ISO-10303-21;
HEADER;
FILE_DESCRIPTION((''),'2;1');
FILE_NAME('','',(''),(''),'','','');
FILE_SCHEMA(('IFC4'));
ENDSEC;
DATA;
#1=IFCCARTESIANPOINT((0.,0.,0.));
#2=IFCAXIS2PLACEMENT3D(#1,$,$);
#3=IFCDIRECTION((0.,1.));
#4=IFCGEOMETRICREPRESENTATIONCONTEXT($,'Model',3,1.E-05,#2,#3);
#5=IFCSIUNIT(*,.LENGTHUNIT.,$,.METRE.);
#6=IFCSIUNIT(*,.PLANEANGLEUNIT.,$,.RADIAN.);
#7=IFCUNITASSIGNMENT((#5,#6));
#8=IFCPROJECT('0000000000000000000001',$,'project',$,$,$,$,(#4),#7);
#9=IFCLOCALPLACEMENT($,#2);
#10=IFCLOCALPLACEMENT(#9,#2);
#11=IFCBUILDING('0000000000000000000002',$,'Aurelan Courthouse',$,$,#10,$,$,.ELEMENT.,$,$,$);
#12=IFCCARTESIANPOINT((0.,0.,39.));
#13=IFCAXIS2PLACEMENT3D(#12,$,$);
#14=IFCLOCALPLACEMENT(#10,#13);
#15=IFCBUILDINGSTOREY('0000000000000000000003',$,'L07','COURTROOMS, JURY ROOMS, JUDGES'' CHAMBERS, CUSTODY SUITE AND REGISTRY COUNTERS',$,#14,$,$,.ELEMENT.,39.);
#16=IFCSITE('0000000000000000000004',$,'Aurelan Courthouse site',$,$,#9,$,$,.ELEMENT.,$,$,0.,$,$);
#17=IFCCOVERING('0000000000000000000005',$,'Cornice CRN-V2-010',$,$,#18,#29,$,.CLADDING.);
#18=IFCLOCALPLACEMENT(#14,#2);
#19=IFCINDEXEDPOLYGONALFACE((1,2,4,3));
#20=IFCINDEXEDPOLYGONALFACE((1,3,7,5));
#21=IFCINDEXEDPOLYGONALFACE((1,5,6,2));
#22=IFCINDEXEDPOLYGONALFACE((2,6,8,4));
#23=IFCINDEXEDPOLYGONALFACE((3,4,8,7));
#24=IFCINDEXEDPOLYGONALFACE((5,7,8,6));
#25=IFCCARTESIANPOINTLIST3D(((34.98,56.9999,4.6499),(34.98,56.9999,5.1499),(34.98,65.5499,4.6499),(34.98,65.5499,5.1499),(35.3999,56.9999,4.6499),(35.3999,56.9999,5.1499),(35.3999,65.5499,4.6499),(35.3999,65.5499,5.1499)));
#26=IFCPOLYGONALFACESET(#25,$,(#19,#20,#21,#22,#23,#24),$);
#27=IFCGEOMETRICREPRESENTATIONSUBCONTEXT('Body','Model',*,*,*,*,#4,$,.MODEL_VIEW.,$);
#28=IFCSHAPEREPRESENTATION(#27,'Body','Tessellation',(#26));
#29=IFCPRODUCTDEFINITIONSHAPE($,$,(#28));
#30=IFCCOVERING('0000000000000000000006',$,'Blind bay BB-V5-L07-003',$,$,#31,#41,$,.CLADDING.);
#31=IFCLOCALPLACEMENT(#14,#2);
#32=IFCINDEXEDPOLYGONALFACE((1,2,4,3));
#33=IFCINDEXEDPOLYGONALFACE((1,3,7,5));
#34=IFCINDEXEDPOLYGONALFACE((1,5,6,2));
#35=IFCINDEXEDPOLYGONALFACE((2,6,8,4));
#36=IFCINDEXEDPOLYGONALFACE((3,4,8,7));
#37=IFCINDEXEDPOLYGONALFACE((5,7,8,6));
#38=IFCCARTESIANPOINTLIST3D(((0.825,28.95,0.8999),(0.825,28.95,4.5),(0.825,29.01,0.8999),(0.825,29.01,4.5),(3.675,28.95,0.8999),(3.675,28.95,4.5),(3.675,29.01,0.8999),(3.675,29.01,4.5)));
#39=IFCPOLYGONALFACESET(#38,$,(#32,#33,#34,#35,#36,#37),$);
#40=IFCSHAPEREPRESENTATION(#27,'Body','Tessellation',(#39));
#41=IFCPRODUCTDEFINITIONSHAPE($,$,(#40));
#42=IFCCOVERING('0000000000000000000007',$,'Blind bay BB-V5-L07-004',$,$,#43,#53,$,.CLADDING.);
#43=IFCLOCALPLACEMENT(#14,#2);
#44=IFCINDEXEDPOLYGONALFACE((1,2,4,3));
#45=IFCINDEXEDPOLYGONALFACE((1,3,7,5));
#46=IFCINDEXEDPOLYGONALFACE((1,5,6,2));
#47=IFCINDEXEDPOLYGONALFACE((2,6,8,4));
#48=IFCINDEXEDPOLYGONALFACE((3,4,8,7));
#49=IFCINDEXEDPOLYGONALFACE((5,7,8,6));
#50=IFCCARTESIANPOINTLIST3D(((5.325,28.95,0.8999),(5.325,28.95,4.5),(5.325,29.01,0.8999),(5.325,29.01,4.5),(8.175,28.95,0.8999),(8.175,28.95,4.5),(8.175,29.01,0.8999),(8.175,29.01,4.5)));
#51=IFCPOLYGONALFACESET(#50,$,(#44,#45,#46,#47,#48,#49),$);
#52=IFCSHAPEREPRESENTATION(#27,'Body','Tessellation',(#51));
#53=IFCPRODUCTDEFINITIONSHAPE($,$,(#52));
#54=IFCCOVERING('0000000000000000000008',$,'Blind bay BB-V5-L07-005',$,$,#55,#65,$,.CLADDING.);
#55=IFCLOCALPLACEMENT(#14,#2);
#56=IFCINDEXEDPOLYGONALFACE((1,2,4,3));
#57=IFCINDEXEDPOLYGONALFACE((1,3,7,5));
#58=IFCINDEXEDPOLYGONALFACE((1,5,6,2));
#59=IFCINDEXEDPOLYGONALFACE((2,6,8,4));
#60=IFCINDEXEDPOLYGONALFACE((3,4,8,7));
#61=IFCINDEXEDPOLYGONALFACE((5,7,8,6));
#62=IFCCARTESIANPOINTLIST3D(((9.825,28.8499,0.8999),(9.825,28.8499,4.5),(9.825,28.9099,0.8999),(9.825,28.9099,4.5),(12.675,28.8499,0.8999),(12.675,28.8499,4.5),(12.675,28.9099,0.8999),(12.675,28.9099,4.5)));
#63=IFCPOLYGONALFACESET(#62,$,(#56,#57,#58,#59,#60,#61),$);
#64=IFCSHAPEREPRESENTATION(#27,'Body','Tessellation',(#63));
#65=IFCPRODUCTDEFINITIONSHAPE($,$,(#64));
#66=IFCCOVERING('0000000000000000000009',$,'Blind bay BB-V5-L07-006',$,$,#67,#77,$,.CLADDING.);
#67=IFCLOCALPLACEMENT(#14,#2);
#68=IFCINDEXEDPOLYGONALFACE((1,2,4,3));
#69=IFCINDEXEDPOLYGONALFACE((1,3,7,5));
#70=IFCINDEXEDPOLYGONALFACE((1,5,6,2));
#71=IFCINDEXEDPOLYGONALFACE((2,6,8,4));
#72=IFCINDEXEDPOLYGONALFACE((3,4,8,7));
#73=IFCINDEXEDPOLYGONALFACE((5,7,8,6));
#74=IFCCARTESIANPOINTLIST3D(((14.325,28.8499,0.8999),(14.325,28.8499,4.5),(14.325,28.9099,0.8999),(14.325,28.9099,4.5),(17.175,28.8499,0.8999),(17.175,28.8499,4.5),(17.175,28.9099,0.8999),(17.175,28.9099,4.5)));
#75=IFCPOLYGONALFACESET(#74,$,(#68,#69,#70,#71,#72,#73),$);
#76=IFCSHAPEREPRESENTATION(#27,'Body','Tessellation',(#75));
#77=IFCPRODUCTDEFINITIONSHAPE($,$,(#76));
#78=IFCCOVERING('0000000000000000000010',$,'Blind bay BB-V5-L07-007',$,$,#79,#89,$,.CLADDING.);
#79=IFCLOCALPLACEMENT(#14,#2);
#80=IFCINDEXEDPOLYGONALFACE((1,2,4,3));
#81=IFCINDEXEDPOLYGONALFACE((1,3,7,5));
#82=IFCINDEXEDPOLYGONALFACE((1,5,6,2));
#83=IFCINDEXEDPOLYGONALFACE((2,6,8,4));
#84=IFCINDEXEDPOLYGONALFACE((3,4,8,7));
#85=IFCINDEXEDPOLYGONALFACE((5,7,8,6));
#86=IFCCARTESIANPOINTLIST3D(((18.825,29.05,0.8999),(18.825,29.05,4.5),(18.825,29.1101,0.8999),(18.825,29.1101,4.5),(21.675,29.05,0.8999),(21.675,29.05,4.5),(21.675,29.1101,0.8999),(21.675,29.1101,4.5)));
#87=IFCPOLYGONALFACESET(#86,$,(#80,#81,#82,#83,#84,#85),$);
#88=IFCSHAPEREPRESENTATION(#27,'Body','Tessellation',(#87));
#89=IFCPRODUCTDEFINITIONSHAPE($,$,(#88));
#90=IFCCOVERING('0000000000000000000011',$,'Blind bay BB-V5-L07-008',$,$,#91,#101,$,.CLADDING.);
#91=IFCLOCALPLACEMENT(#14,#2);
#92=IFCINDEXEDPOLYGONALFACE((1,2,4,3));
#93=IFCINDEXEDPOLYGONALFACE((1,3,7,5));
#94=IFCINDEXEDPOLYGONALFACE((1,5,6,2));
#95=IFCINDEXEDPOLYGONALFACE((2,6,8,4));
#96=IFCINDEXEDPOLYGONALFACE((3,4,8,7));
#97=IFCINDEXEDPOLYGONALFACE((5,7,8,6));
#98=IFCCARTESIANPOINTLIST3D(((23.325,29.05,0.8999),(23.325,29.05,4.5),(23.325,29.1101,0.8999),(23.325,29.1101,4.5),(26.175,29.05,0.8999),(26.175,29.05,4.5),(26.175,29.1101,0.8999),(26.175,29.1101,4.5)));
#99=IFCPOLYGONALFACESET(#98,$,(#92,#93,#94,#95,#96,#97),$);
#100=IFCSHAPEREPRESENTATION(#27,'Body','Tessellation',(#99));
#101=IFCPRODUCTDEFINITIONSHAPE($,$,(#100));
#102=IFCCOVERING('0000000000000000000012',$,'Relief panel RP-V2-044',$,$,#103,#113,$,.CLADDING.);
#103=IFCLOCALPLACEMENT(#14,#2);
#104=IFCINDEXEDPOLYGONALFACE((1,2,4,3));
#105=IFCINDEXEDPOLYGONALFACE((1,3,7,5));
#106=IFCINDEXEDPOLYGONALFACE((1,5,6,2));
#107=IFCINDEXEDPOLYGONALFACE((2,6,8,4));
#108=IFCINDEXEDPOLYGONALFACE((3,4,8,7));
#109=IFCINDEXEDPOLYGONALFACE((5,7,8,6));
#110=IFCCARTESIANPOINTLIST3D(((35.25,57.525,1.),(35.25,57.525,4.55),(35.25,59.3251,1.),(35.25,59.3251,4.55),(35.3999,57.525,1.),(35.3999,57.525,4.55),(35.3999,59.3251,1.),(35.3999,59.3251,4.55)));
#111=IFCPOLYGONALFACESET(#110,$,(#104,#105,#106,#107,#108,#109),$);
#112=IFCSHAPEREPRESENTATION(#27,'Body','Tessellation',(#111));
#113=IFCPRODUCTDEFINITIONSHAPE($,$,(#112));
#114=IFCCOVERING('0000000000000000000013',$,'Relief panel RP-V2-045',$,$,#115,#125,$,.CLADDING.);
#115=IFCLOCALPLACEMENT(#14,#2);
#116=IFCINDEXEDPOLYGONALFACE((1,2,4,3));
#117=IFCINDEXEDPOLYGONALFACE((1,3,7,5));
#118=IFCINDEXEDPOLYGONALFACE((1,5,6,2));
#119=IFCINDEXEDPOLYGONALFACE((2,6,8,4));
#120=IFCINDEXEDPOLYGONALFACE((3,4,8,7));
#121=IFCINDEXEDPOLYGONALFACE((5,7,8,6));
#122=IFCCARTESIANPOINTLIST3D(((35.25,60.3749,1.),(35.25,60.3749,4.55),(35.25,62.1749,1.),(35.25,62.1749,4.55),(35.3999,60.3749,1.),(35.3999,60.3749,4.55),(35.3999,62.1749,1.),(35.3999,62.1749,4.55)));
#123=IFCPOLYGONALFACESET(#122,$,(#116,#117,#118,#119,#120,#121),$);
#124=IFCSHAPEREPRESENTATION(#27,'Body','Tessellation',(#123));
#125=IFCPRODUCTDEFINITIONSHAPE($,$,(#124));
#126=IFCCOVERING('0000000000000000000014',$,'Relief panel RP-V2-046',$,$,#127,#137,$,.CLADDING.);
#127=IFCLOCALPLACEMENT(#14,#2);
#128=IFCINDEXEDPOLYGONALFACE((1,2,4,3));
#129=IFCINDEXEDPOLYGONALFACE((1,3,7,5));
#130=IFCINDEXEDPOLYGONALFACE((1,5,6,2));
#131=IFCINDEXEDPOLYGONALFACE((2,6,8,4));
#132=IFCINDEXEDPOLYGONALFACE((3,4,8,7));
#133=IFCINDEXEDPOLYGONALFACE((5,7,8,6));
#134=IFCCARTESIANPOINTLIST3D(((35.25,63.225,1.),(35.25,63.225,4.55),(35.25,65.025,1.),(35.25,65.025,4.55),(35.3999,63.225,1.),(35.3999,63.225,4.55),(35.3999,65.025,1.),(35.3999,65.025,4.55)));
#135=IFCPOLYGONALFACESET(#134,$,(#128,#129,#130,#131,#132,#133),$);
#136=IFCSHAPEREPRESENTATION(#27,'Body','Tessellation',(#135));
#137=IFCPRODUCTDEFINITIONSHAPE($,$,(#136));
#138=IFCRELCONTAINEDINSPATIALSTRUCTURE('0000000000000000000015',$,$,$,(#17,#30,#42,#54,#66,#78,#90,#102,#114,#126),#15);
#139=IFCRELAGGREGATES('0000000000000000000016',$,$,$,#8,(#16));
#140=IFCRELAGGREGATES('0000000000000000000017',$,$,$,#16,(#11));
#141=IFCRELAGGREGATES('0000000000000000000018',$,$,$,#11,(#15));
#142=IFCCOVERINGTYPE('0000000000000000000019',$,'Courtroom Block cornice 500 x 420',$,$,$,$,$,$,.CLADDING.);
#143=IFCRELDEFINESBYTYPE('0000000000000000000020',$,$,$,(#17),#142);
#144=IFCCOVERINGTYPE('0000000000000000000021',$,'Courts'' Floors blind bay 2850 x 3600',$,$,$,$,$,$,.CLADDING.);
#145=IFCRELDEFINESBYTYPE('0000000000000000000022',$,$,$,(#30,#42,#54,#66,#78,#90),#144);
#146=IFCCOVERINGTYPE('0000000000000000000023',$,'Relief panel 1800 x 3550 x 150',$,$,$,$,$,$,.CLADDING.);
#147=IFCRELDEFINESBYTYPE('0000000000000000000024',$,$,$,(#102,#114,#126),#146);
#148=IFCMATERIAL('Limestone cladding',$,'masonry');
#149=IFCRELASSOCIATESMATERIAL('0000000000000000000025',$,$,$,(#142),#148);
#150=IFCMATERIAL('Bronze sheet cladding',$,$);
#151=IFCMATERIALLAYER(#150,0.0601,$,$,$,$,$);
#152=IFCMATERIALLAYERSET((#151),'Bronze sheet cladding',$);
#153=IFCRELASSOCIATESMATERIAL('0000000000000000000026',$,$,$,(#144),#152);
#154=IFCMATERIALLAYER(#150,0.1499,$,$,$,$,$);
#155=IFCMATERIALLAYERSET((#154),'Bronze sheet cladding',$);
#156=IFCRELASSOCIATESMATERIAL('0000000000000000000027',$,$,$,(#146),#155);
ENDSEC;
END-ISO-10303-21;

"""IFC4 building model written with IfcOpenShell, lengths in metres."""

from ifc_helpers import new_model, si_unit, direction, frame, origin, origin_2d, place, context, subcontext, project, spatial, rectangle, extrude, material, layer, layer_set, type_object, element, save


model = new_model("IFC4")

# Units and contexts
model_context = context("Model", 3, precision=1e-05, world=origin(), true_north=direction((0.0, 1.0)))
body_context = subcontext(model_context, "Body", "Model", "MODEL_VIEW")
ifc_project = project(units=[si_unit("LENGTHUNIT", "METRE"), si_unit("PLANEANGLEUNIT", "RADIAN")], contexts=[model_context])

# Site, building, storey
site_placement = place(None, origin())
site = spatial("IfcSite", under=ifc_project, at=site_placement, Name="Aurelan Courthouse site", CompositionType="ELEMENT", RefElevation=0.0)
building_placement = place(site_placement, origin())
building = spatial("IfcBuilding", under=site, at=building_placement, Name="Aurelan Courthouse", CompositionType="ELEMENT")
storey_placement = place(building_placement, frame((0.0, 0.0, 39.0)))
storey = spatial("IfcBuildingStorey", under=building, at=storey_placement, Name="L07", Description="COURTROOMS, JURY ROOMS, JUDGES' CHAMBERS, CUSTODY SUITE AND REGISTRY COUNTERS", CompositionType="ELEMENT", Elevation=39.0)

# Shared definitions
ifc_material_1 = material(Name="Limestone cladding", Category="masonry")

# Coverings
covering_type_1 = type_object("IfcCoveringType", Name="Courtroom Block cornice 500 x 420", PredefinedType="CLADDING", material=ifc_material_1)
covering_1_placement = place(storey_placement, frame((35.1899, 61.2749, 4.6499), z_axis=(0.0, 0.0, 1.0), x_axis=(1.0, 0.0, 0.0)))
element("IfcCovering", 1, at=covering_1_placement, inside=storey, type_object=covering_type_1, Name="Cornice CRN-V2-010", PredefinedType="CLADDING", context=body_context, shape_type="SweptSolid", body=[
    extrude(rectangle(XDim=0.4199, YDim=8.55, at=origin_2d()), origin(), (0.0, 0.0, 1.0), 0.5),
])
ifc_material_2 = material(Name="Bronze sheet cladding")
ifc_layer_1 = layer(ifc_material_2, 0.0601)
ifc_layer_set_1 = layer_set([ifc_layer_1], Name="Bronze sheet cladding")
covering_type_2 = type_object("IfcCoveringType", Name="Courts' Floors blind bay 2850 x 3600", PredefinedType="CLADDING", material=ifc_layer_set_1)
for number, where, z_axis, x_axis, name in (
    (2, (2.25, 28.98, 0.8999), (0.0, 0.0, 1.0), (1.0, 0.0, 0.0), "Blind bay BB-V5-L07-003"),
    (3, (6.75, 28.98, 0.8999), (0.0, 0.0, 1.0), (1.0, 0.0, 0.0), "Blind bay BB-V5-L07-004"),
    (4, (11.25, 28.8799, 0.8999), (0.0, 0.0, 1.0), (1.0, 0.0, 0.0), "Blind bay BB-V5-L07-005"),
    (5, (15.75, 28.8799, 0.8999), (0.0, 0.0, 1.0), (1.0, 0.0, 0.0), "Blind bay BB-V5-L07-006"),
    (6, (20.25, 29.0801, 0.8999), (0.0, 0.0, 1.0), (1.0, 0.0, 0.0), "Blind bay BB-V5-L07-007"),
    (7, (24.75, 29.0801, 0.8999), (0.0, 0.0, 1.0), (1.0, 0.0, 0.0), "Blind bay BB-V5-L07-008"),
):
    element("IfcCovering", number, at=place(storey_placement, frame(where, z_axis=z_axis, x_axis=x_axis)), inside=storey, type_object=covering_type_2, Name=name, PredefinedType="CLADDING", context=body_context, shape_type="SweptSolid", body=[
        extrude(rectangle(XDim=2.8501, YDim=0.0601, at=origin_2d()), origin(), (0.0, 0.0, 1.0), 3.6001),
    ])
ifc_layer_2 = layer(ifc_material_2, 0.1499)
ifc_layer_set_2 = layer_set([ifc_layer_2], Name="Bronze sheet cladding")
covering_type_3 = type_object("IfcCoveringType", Name="Relief panel 1800 x 3550 x 150", PredefinedType="CLADDING", material=ifc_layer_set_2)
for number, where, z_axis, x_axis, name in (
    (8, (35.325, 58.425, 1.0), (0.0, 0.0, 1.0), (1.0, 0.0, 0.0), "Relief panel RP-V2-044"),
    (9, (35.325, 61.2749, 1.0), (0.0, 0.0, 1.0), (1.0, 0.0, 0.0), "Relief panel RP-V2-045"),
    (10, (35.325, 64.125, 1.0), (0.0, 0.0, 1.0), (1.0, 0.0, 0.0), "Relief panel RP-V2-046"),
):
    element("IfcCovering", number, at=place(storey_placement, frame(where, z_axis=z_axis, x_axis=x_axis)), inside=storey, type_object=covering_type_3, Name=name, PredefinedType="CLADDING", context=body_context, shape_type="SweptSolid", body=[
        extrude(rectangle(XDim=0.1499, YDim=1.8, at=origin_2d()), origin(), (0.0, 0.0, 1.0), 3.55),
    ])

save(model, "model.ifc")
